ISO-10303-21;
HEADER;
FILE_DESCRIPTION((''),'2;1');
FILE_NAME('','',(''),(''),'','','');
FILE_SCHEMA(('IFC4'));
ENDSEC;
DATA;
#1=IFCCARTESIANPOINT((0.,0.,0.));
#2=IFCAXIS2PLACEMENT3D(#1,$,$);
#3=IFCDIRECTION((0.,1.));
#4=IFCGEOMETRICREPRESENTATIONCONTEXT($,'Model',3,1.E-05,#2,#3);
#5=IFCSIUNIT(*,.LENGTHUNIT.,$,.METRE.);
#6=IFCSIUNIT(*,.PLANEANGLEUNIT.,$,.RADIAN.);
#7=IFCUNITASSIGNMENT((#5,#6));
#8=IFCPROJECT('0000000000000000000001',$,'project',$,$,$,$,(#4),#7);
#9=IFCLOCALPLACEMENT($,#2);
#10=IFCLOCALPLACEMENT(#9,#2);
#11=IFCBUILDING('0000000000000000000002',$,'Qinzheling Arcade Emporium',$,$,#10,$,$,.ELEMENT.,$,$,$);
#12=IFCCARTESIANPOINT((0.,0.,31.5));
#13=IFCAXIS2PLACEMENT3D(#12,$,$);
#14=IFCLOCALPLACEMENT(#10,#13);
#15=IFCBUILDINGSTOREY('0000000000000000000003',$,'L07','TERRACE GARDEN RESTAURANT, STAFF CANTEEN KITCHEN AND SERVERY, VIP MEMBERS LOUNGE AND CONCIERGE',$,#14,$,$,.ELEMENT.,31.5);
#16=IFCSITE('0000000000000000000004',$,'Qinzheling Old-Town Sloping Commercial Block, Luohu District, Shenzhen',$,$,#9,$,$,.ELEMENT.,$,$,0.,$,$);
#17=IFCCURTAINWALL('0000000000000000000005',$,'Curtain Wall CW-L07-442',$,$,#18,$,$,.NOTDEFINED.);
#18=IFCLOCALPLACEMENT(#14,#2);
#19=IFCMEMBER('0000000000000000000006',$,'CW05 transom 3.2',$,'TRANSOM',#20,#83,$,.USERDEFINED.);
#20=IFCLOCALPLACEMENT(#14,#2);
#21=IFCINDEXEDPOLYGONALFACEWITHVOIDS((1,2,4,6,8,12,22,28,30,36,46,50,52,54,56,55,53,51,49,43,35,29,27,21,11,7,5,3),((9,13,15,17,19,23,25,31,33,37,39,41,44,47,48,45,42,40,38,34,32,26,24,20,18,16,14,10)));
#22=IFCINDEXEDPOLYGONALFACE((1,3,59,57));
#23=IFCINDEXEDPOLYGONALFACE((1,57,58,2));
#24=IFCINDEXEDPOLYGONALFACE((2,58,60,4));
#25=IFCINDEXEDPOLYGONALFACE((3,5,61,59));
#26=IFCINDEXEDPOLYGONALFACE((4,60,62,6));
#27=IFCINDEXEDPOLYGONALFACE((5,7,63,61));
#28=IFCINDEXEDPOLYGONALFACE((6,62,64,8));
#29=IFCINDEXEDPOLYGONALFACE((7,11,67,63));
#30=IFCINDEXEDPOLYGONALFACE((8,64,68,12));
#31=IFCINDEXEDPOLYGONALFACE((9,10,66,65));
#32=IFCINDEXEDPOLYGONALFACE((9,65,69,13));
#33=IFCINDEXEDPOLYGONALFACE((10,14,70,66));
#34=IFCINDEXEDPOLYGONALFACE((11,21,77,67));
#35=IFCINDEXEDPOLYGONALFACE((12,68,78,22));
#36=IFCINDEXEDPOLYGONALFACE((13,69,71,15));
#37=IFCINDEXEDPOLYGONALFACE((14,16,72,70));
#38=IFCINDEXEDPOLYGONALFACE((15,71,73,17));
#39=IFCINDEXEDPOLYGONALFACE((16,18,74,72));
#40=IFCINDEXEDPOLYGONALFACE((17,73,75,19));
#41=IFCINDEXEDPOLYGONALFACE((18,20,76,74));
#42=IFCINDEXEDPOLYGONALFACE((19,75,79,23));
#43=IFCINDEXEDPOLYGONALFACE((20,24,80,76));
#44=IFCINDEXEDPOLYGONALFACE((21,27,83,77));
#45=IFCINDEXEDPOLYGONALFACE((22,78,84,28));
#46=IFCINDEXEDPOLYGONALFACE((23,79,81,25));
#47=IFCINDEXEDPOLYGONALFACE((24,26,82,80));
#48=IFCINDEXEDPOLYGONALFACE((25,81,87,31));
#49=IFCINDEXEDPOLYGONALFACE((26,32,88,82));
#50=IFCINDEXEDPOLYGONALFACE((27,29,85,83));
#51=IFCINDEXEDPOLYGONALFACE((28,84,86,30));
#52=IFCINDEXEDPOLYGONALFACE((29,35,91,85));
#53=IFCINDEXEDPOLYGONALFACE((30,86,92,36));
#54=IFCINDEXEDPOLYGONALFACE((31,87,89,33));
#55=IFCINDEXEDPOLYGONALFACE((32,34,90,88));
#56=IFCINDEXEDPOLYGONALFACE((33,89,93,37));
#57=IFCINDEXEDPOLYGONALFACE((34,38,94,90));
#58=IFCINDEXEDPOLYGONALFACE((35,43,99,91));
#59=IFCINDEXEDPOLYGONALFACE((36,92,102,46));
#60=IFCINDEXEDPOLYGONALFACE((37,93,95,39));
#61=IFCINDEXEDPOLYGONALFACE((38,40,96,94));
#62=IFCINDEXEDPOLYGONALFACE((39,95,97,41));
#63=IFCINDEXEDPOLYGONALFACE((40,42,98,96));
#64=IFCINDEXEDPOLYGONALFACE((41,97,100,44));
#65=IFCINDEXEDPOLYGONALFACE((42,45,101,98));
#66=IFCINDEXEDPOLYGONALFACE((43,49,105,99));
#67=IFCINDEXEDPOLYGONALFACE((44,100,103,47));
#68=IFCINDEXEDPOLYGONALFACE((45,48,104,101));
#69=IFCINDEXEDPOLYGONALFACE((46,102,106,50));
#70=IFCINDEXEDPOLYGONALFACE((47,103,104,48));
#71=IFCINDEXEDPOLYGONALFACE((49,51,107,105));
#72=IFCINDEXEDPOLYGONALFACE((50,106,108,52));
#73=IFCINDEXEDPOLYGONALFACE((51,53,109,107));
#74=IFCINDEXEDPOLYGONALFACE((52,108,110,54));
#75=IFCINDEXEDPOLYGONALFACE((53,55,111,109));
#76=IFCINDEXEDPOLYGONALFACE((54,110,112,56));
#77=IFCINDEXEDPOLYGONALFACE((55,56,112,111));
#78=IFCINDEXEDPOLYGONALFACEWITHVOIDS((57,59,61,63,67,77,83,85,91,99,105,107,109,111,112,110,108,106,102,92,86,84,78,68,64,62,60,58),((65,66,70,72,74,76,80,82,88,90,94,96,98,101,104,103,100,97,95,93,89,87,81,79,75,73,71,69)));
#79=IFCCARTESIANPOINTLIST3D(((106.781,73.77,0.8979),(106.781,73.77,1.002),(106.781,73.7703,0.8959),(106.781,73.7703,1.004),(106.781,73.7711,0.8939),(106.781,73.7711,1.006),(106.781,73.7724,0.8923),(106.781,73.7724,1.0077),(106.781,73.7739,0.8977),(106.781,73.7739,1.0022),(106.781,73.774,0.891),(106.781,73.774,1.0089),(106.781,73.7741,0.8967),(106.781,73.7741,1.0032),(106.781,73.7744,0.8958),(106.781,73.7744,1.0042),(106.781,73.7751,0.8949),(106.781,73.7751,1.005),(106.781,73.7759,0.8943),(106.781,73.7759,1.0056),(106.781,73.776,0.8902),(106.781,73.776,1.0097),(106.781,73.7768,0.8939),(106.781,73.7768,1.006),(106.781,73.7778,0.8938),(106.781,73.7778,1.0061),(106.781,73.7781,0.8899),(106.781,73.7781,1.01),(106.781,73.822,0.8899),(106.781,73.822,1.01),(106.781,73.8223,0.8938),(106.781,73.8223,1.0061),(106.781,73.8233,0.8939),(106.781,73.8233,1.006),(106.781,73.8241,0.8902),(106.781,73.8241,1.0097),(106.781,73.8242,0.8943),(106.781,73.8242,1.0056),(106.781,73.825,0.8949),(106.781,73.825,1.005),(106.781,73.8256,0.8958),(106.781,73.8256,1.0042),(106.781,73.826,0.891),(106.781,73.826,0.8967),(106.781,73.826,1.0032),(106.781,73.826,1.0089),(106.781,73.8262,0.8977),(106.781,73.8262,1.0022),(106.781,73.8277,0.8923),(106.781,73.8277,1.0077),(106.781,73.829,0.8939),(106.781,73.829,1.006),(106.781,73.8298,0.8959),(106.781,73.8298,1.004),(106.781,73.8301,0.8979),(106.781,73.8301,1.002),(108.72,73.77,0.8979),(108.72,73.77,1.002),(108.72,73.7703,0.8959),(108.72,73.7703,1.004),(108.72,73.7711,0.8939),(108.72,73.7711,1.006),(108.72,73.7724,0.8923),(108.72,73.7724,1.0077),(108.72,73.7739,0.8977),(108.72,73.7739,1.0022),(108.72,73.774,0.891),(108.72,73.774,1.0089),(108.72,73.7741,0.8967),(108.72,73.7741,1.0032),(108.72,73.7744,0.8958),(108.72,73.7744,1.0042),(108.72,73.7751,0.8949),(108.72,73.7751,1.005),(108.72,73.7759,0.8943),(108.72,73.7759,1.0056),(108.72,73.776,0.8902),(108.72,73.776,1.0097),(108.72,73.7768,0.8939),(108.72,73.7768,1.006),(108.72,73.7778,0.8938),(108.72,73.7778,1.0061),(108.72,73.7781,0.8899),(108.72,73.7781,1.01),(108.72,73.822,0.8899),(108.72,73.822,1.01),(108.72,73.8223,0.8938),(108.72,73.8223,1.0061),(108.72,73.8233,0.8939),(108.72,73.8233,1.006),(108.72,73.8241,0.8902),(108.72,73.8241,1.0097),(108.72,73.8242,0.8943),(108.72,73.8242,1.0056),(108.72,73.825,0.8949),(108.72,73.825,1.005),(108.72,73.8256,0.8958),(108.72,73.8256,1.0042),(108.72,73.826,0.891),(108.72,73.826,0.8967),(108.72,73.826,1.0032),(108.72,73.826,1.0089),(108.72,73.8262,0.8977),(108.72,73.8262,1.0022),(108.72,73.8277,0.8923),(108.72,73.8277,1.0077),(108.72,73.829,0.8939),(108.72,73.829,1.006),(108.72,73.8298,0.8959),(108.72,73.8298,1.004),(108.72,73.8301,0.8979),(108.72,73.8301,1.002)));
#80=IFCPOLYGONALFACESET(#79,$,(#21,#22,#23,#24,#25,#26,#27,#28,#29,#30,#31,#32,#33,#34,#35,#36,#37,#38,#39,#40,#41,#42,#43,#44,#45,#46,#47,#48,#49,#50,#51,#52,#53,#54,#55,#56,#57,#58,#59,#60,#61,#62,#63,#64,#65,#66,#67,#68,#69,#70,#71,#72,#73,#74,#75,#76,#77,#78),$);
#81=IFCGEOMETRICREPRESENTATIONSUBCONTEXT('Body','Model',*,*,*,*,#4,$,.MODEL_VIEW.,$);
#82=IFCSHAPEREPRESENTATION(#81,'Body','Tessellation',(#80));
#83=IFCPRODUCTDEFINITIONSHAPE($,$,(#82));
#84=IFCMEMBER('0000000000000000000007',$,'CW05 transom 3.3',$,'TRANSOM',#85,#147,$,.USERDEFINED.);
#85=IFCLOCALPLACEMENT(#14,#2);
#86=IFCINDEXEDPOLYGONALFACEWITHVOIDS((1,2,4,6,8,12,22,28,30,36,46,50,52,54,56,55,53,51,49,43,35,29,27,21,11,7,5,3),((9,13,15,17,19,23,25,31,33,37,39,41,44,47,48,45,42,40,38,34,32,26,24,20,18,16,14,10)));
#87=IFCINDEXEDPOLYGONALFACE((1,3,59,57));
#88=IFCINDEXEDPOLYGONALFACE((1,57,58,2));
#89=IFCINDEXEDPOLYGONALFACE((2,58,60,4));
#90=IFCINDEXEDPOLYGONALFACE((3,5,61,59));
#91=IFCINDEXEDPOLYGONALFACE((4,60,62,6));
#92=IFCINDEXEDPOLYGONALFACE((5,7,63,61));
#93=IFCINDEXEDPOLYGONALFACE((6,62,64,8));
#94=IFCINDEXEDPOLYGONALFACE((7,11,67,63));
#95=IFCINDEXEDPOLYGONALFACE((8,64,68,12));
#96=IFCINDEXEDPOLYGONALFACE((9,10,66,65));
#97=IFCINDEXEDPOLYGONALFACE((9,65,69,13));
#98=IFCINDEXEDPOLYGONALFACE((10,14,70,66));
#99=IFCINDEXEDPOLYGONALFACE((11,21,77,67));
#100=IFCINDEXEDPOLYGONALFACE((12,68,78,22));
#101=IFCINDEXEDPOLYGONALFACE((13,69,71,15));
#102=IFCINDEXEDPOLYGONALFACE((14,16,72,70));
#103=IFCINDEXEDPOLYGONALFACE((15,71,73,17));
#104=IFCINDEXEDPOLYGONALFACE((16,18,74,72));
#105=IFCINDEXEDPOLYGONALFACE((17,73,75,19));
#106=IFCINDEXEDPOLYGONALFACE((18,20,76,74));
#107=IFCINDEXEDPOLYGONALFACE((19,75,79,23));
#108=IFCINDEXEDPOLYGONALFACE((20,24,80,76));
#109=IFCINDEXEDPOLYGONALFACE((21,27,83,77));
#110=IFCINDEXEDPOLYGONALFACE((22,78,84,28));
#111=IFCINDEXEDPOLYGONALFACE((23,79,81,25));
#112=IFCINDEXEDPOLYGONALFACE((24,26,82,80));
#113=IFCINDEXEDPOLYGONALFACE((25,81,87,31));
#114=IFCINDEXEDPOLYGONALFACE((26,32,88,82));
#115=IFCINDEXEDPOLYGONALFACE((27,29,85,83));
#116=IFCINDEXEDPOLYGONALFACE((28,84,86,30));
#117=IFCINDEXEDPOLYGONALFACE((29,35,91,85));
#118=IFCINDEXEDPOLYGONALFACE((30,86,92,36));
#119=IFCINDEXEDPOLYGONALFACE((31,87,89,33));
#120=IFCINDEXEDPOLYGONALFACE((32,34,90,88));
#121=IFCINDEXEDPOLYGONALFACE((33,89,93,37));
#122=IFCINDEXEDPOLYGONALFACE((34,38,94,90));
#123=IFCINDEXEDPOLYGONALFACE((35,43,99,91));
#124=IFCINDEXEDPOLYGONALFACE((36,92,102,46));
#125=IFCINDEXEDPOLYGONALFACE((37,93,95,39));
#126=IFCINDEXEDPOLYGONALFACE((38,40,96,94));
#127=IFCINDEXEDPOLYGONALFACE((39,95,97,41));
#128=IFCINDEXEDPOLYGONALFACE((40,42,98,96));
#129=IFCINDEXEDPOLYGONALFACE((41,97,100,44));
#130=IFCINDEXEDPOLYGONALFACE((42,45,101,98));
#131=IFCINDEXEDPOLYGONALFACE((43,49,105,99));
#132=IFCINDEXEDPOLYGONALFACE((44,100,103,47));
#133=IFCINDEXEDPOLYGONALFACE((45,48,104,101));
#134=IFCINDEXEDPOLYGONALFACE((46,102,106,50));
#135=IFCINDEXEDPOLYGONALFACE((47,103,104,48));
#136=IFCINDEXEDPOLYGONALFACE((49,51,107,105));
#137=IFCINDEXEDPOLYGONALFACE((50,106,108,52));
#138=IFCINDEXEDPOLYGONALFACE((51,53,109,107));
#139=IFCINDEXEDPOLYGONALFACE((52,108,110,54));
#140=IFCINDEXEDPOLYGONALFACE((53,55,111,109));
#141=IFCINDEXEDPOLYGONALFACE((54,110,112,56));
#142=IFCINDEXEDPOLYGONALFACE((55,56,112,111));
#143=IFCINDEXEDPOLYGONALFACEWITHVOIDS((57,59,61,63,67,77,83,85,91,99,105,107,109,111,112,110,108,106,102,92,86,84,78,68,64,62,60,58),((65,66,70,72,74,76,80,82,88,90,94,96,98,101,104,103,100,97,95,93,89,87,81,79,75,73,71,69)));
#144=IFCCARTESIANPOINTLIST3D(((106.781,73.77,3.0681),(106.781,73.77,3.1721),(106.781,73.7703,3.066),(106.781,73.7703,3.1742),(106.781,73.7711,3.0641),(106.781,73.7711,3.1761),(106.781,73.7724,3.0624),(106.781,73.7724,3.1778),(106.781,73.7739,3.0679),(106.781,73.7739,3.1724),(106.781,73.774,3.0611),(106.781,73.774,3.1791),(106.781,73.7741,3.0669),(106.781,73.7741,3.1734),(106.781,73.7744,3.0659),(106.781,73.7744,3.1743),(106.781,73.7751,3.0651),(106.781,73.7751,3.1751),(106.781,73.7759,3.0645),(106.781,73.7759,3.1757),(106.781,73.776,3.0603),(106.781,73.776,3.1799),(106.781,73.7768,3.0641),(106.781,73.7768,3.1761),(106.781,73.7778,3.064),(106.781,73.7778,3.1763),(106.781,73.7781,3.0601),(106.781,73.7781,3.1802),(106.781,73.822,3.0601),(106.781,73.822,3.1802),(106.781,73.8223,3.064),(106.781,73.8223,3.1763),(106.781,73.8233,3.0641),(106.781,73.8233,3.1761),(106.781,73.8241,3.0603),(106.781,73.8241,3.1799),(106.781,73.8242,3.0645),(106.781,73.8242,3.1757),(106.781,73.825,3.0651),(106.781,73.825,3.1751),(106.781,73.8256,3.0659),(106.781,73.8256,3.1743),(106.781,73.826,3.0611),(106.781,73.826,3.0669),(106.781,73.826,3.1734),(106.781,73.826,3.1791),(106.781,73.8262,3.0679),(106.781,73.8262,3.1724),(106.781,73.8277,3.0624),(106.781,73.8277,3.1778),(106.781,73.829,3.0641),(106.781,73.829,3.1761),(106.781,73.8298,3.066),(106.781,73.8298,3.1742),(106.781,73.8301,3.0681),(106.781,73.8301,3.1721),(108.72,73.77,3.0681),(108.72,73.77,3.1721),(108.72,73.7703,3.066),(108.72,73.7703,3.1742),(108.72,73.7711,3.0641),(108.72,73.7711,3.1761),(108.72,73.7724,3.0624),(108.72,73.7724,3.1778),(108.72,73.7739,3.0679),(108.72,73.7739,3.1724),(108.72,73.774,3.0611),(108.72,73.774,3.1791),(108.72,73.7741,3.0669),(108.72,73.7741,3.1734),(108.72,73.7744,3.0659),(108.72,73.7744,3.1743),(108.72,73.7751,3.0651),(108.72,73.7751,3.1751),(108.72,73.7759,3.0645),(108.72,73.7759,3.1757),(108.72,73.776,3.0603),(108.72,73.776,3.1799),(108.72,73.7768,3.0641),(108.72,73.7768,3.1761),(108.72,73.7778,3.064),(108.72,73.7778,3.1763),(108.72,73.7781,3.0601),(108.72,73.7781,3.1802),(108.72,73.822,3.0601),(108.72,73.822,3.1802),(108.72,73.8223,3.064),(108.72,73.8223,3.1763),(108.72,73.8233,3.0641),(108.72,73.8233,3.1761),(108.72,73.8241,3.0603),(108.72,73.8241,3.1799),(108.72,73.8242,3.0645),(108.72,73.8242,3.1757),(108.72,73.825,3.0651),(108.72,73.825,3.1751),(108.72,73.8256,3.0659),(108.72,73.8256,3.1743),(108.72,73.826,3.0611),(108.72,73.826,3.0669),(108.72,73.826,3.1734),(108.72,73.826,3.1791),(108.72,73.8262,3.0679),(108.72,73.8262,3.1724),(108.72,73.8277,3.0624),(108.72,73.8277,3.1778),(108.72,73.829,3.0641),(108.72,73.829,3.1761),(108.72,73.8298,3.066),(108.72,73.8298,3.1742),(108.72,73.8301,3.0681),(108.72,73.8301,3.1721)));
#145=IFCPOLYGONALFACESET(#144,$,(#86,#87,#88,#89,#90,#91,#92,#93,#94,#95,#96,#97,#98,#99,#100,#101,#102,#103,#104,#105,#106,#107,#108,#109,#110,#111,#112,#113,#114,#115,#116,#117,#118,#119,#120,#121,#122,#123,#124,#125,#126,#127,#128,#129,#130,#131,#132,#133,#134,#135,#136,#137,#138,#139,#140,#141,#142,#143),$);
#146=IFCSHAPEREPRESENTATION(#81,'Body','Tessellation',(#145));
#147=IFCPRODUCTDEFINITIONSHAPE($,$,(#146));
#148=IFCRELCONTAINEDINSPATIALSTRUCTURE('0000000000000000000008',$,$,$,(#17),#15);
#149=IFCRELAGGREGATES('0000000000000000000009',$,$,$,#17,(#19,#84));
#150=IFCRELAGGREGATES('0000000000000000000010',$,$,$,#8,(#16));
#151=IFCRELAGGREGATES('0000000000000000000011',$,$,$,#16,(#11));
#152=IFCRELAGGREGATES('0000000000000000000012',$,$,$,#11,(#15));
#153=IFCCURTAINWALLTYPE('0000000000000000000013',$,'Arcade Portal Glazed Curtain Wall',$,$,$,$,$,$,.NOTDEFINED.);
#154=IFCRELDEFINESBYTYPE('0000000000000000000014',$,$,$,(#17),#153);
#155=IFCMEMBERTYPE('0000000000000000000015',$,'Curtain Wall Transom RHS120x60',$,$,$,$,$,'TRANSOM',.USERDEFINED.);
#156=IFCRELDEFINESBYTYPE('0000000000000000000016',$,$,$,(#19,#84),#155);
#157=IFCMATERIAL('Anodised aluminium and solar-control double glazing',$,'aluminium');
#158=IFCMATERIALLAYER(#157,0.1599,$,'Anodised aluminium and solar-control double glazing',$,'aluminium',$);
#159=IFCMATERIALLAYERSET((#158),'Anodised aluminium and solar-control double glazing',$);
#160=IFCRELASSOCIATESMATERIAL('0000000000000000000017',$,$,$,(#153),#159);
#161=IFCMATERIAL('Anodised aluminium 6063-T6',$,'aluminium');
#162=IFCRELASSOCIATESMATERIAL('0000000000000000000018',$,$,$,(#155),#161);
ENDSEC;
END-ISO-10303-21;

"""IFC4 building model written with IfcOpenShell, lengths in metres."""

from ifc_helpers import new_model, si_unit, direction, frame, origin, origin_2d, place, context, subcontext, project, spatial, hollow_rectangle, extrude, material, layer, layer_set, material_profile, profile_set, type_object, element, aggregate, save


model = new_model("IFC4")

# Units and contexts
model_context = context("Model", 3, precision=1e-05, world=origin(), true_north=direction((0.0, 1.0)))
body_context = subcontext(model_context, "Body", "Model", "MODEL_VIEW")
ifc_project = project(units=[si_unit("LENGTHUNIT", "METRE"), si_unit("PLANEANGLEUNIT", "RADIAN")], contexts=[model_context])

# Site, building, storey
site_placement = place(None, origin())
site = spatial("IfcSite", under=ifc_project, at=site_placement, Name="Qinzheling Old-Town Sloping Commercial Block, Luohu District, Shenzhen", CompositionType="ELEMENT", RefElevation=0.0)
building_placement = place(site_placement, origin())
building = spatial("IfcBuilding", under=site, at=building_placement, Name="Qinzheling Arcade Emporium", CompositionType="ELEMENT")
storey_placement = place(building_placement, frame((0.0, 0.0, 31.5)))
storey = spatial("IfcBuildingStorey", under=building, at=storey_placement, Name="L07", Description="TERRACE GARDEN RESTAURANT, STAFF CANTEEN KITCHEN AND SERVERY, VIP MEMBERS LOUNGE AND CONCIERGE", CompositionType="ELEMENT", Elevation=31.5)

# Shared definitions
ifc_material_1 = material(Name="Anodised aluminium and solar-control double glazing", Category="aluminium")
ifc_material_2 = material(Name="Anodised aluminium 6063-T6", Category="aluminium")

# Curtain wall, members
ifc_layer_1 = layer(ifc_material_1, 0.1599, Name="Anodised aluminium and solar-control double glazing", Category="aluminium")
ifc_layer_set_1 = layer_set([ifc_layer_1], Name="Anodised aluminium and solar-control double glazing")
curtain_wall_type_1 = type_object("IfcCurtainWallType", Name="Arcade Portal Glazed Curtain Wall", PredefinedType="NOTDEFINED", material=ifc_layer_set_1)
curtain_wall_1_placement = place(storey_placement, origin())
curtain_wall_1 = element("IfcCurtainWall", 1, at=curtain_wall_1_placement, inside=storey, type_object=curtain_wall_type_1, Name="Curtain Wall CW-L07-442", PredefinedType="NOTDEFINED")
ifc_material_profile_1 = material_profile(ifc_material_2, hollow_rectangle(XDim=0.0601, YDim=0.1201, WallThickness=0.0039, InnerFilletRadius=0.0039, OuterFilletRadius=0.0081, at=origin_2d()), Name="RHS 120x60x4", Category="aluminium")
ifc_profile_set_1 = profile_set([ifc_material_profile_1], Name="Anodised aluminium 6063-T6")
member_type_1 = type_object("IfcMemberType", Name="Curtain Wall Transom RHS120x60", ElementType="TRANSOM", PredefinedType="USERDEFINED", material=ifc_profile_set_1)
member_1_placement = place(storey_placement, frame((108.72, 73.8, 0.95), z_axis=(-1.0, 0.0, 0.0), x_axis=(0.0, -1.0, 0.0)))
member_1 = element("IfcMember", 2, at=member_1_placement, type_object=member_type_1, Name="CW05 transom 3.2", ObjectType="TRANSOM", PredefinedType="USERDEFINED", context=body_context, shape_type="SweptSolid", body=[
    extrude(hollow_rectangle(XDim=0.0601, YDim=0.1201, WallThickness=0.0039, InnerFilletRadius=0.0039, OuterFilletRadius=0.0081, at=origin_2d()), origin(), (0.0, 0.0, 1.0), 1.939),
])
member_2_placement = place(storey_placement, frame((108.72, 73.8, 3.1201), z_axis=(-1.0, 0.0, 0.0), x_axis=(0.0, -1.0, 0.0)))
member_2 = element("IfcMember", 3, at=member_2_placement, type_object=member_type_1, Name="CW05 transom 3.3", ObjectType="TRANSOM", PredefinedType="USERDEFINED", context=body_context, shape_type="SweptSolid", body=[
    extrude(hollow_rectangle(XDim=0.0601, YDim=0.1201, WallThickness=0.0039, InnerFilletRadius=0.0039, OuterFilletRadius=0.0081, at=origin_2d()), origin(), (0.0, 0.0, 1.0), 1.939),
])

aggregate(curtain_wall_1, [member_1, member_2])

save(model, "model.ifc")
